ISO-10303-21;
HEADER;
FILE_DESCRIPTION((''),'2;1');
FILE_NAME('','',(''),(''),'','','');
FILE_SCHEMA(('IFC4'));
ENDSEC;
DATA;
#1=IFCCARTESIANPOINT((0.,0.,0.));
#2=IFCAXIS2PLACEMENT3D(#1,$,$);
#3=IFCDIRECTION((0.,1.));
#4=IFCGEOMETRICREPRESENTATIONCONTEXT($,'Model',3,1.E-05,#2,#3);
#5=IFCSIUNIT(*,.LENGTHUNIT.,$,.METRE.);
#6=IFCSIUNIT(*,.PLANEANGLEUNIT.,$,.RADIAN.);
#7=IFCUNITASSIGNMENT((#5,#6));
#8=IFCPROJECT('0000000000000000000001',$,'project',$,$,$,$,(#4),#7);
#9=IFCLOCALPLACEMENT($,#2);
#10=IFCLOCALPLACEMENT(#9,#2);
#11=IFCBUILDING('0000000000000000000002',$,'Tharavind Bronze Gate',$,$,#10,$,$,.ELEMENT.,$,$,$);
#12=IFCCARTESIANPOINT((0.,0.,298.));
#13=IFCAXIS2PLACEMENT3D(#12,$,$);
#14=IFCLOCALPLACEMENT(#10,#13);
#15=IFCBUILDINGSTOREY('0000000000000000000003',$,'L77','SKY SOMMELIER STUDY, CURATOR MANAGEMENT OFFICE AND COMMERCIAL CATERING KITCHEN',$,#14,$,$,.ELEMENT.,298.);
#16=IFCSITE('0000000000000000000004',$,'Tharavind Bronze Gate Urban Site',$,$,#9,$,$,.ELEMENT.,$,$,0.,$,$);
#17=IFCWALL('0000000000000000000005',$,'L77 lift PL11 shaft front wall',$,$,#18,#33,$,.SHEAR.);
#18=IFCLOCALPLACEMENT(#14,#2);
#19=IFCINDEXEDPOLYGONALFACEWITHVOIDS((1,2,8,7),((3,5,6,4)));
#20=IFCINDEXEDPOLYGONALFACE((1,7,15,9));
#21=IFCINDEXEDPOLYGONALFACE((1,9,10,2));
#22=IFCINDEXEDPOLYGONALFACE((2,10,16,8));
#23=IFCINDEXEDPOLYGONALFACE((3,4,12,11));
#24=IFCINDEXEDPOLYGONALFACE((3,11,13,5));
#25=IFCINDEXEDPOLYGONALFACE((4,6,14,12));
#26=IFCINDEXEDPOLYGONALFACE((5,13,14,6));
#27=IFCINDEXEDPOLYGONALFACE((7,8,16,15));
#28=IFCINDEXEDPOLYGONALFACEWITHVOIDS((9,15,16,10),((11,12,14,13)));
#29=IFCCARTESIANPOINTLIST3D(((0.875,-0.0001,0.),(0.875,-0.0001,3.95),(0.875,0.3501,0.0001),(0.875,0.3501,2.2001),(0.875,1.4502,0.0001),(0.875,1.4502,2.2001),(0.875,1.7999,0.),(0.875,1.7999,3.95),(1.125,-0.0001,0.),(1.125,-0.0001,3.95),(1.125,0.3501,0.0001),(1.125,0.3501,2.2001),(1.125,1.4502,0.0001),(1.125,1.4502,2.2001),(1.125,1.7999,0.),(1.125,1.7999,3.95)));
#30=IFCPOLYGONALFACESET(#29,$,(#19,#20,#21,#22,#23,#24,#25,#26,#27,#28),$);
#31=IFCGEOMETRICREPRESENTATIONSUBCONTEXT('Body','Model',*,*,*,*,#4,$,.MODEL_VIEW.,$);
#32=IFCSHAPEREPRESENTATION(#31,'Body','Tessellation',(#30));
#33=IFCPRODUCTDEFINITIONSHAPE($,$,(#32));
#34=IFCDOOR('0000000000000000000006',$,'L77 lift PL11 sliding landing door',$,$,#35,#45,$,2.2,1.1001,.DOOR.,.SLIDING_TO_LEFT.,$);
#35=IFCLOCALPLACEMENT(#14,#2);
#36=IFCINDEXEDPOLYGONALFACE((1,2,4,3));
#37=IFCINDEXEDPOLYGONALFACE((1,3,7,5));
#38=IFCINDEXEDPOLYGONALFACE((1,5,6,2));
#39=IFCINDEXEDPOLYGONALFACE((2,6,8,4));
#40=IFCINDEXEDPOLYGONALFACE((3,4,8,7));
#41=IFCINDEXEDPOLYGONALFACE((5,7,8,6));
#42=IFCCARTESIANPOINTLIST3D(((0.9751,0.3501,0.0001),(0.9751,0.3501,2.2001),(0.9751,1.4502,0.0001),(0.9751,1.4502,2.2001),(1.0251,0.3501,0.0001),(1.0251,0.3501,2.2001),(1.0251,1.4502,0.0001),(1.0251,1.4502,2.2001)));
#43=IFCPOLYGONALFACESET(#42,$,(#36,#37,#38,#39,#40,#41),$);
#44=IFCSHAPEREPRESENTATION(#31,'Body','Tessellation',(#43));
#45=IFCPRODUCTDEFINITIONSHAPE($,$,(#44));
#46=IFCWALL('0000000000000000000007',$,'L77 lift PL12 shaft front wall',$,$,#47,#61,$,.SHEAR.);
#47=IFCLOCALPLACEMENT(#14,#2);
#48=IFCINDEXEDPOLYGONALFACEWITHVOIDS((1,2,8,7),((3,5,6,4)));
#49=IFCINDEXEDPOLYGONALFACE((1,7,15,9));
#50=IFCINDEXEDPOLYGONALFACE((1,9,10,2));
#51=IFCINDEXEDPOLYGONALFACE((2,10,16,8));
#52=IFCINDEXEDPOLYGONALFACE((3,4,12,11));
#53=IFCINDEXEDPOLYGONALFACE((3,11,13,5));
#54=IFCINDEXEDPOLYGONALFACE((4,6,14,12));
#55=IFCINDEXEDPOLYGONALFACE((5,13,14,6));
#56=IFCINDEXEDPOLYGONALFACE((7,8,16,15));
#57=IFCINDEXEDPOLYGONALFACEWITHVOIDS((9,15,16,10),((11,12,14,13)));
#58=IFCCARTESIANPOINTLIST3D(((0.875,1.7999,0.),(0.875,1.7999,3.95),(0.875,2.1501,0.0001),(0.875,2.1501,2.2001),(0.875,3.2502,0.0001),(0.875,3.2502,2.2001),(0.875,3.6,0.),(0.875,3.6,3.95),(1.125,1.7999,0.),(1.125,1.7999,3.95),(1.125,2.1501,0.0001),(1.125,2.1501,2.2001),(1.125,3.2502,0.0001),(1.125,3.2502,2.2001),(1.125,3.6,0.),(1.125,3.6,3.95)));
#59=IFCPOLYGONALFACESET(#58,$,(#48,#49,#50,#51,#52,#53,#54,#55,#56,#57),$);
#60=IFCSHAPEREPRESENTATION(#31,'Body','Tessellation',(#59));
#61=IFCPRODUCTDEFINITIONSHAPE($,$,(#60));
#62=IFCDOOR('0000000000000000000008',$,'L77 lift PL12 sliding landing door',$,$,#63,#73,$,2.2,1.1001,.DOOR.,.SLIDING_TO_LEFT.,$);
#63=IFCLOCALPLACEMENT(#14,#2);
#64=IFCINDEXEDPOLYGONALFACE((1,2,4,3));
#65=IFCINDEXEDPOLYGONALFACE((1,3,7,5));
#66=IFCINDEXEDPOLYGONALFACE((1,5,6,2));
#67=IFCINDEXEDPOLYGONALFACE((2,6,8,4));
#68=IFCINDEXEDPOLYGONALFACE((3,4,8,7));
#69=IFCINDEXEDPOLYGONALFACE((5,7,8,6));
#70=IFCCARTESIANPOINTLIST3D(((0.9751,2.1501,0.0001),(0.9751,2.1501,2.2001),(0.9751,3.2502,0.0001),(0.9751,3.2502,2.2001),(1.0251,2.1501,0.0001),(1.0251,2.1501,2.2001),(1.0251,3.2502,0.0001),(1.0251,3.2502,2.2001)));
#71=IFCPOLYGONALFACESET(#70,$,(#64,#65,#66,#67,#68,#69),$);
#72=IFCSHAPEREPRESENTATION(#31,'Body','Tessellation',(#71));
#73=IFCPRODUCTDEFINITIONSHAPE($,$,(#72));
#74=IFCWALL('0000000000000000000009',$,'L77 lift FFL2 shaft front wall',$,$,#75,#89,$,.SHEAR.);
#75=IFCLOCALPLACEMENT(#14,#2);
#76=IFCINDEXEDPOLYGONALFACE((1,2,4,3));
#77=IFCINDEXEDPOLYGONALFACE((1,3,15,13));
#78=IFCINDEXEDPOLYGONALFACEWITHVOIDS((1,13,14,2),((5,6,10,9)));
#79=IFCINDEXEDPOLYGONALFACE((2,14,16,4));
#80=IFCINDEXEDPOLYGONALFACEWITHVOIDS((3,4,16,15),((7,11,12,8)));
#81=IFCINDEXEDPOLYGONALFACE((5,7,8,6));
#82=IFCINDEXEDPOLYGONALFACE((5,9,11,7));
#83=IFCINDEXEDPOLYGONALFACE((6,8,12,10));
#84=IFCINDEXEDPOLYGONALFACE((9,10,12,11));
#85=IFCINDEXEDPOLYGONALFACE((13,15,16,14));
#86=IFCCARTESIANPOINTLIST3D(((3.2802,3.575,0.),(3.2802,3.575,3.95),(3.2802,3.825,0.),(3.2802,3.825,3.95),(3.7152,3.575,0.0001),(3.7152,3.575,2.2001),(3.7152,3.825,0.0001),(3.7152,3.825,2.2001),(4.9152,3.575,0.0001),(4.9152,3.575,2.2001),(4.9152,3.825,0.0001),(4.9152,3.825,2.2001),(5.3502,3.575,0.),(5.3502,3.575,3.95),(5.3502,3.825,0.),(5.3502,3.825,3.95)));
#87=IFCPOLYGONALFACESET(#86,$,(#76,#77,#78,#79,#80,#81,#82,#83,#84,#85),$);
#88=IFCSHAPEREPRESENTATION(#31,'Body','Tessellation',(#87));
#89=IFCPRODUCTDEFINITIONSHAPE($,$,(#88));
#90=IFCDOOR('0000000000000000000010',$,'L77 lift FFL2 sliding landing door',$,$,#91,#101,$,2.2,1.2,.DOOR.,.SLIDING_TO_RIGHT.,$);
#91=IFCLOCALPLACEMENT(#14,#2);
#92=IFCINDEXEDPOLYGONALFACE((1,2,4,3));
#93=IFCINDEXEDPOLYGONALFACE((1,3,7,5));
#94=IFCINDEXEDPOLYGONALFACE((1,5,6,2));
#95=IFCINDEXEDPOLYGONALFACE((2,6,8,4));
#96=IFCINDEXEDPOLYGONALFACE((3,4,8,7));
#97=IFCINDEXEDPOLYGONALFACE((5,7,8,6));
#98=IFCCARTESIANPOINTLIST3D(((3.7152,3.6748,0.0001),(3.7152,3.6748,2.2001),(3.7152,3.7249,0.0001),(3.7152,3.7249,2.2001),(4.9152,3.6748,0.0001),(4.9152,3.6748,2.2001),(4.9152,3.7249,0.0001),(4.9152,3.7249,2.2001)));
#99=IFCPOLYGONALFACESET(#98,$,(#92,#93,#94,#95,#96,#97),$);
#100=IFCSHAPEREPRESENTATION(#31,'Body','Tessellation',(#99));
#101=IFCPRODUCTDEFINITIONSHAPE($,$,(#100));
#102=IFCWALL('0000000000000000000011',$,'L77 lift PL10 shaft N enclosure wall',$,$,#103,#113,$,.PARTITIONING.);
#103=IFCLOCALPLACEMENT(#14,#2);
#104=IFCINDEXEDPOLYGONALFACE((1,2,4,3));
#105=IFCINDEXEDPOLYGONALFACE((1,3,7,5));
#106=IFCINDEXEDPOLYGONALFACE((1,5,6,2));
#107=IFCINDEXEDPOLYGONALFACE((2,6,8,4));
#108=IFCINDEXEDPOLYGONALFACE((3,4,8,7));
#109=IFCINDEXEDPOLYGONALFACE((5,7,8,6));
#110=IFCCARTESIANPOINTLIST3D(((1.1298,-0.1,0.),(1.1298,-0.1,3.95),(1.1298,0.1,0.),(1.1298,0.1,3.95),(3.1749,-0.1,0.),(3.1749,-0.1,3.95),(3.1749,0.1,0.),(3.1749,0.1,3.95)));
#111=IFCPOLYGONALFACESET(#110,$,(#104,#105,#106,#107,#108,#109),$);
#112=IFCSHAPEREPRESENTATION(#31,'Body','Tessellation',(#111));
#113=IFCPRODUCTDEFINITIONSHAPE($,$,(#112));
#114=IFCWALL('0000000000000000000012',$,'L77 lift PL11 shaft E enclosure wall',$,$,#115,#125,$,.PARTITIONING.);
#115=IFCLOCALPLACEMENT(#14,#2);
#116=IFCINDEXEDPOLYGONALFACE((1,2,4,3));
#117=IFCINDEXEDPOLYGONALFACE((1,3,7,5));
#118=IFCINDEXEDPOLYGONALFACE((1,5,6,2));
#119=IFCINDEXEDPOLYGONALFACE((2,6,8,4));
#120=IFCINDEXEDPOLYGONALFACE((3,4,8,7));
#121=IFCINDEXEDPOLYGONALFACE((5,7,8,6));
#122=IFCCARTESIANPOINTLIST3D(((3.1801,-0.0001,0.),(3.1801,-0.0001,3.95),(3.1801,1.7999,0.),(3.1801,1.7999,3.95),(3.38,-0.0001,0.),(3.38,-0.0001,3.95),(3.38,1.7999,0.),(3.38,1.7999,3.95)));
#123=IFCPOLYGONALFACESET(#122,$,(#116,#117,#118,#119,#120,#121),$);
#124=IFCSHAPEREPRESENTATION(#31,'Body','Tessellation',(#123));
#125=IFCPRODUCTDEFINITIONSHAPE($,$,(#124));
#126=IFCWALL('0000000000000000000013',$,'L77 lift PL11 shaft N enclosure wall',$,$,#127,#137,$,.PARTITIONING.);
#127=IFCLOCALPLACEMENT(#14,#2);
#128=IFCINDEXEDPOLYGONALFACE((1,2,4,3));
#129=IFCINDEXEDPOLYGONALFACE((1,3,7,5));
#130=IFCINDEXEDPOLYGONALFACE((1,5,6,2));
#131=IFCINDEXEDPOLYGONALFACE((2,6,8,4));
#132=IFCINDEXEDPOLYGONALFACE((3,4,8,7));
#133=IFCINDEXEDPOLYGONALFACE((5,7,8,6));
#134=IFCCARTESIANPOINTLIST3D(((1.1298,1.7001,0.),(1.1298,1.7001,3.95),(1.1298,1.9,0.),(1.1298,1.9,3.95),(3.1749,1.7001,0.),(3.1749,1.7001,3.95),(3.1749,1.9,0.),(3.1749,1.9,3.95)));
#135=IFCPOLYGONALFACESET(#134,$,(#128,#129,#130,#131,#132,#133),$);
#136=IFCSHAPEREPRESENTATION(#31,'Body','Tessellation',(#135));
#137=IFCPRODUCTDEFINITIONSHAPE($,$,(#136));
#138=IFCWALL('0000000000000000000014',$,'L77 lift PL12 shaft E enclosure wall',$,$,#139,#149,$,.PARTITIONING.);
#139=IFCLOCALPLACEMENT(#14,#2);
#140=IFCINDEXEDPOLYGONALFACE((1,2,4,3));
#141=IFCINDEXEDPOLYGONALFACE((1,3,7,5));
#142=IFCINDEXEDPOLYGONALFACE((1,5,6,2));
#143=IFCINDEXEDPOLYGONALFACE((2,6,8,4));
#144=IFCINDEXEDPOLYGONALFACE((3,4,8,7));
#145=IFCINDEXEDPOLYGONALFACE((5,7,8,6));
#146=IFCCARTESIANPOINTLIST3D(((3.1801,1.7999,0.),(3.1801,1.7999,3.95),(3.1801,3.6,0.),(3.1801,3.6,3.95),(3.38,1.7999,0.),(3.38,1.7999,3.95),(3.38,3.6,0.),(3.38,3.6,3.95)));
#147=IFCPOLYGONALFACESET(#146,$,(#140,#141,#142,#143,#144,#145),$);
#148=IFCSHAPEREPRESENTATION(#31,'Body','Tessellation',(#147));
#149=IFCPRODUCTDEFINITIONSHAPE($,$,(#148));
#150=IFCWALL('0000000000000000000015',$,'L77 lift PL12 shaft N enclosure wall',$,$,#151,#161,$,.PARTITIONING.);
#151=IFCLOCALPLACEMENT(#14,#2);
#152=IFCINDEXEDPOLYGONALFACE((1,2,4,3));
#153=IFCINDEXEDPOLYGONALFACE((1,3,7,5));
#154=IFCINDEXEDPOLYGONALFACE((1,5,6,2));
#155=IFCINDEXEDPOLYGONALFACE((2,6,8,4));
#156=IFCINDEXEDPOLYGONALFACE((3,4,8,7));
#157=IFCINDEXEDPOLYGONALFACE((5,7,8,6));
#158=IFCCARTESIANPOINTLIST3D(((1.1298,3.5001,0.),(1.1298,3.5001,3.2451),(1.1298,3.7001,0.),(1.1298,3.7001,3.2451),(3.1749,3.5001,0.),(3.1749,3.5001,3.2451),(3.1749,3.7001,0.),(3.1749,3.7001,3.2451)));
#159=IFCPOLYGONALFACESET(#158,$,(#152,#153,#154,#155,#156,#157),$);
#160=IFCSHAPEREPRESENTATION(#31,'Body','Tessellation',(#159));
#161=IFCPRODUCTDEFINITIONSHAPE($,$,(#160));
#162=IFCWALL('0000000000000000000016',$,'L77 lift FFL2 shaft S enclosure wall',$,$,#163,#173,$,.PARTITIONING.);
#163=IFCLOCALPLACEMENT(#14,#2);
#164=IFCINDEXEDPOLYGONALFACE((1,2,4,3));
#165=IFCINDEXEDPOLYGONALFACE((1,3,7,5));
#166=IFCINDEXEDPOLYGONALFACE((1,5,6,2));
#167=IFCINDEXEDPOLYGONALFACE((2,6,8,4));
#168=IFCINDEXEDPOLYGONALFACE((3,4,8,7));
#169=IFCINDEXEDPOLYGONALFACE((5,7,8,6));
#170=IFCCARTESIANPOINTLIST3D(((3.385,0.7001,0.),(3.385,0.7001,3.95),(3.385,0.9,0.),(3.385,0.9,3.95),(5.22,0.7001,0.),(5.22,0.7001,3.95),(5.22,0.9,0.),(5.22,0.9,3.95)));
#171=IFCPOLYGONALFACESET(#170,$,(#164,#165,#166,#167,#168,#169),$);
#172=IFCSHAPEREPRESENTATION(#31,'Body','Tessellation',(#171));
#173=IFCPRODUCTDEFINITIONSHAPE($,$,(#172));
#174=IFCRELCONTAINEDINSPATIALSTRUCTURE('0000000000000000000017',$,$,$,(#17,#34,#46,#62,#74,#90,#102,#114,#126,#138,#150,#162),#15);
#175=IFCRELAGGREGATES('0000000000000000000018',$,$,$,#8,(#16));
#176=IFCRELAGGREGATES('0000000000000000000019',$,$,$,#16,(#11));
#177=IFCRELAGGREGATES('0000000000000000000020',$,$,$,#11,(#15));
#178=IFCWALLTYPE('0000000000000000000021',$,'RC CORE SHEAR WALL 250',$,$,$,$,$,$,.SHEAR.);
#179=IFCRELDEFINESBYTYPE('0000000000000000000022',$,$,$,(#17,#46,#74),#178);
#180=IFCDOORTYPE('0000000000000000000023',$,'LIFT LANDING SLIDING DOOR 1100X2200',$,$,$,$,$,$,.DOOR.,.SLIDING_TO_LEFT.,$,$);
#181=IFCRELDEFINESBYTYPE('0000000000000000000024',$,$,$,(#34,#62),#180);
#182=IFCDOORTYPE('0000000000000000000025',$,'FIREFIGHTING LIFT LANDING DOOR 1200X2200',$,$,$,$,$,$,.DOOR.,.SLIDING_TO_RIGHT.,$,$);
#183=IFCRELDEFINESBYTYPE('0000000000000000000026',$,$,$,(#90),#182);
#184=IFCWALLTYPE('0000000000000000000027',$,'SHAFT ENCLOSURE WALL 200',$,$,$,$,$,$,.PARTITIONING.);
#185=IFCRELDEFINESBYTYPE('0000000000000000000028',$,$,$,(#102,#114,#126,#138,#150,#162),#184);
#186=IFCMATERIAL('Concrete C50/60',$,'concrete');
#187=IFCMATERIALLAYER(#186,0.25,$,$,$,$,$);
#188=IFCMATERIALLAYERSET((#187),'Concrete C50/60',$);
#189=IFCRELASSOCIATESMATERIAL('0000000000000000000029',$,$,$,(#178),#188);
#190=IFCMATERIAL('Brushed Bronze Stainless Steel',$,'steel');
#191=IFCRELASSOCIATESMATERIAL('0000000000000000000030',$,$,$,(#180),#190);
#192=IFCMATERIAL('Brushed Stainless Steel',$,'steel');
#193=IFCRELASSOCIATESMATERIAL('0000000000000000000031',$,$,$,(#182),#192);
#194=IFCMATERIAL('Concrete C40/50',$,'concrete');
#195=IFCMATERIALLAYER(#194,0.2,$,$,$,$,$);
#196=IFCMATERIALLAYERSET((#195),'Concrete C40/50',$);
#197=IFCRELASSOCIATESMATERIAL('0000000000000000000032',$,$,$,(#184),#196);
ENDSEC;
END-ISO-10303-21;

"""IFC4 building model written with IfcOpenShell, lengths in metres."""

from ifc_helpers import new_model, si_unit, direction, frame, frame_2d, origin, place, context, subcontext, project, spatial, rectangle, extrude, material, layer, layer_set, type_object, element, fill, save


model = new_model("IFC4")

# Units and contexts
model_context = context("Model", 3, precision=1e-05, world=origin(), true_north=direction((0.0, 1.0)))
body_context = subcontext(model_context, "Body", "Model", "MODEL_VIEW")
ifc_project = project(units=[si_unit("LENGTHUNIT", "METRE"), si_unit("PLANEANGLEUNIT", "RADIAN")], contexts=[model_context])

# Site, building, storey
site_placement = place(None, origin())
site = spatial("IfcSite", under=ifc_project, at=site_placement, Name="Tharavind Bronze Gate Urban Site", CompositionType="ELEMENT", RefElevation=0.0)
building_placement = place(site_placement, origin())
building = spatial("IfcBuilding", under=site, at=building_placement, Name="Tharavind Bronze Gate", CompositionType="ELEMENT")
storey_placement = place(building_placement, frame((0.0, 0.0, 298.0)))
storey = spatial("IfcBuildingStorey", under=building, at=storey_placement, Name="L77", Description="SKY SOMMELIER STUDY, CURATOR MANAGEMENT OFFICE AND COMMERCIAL CATERING KITCHEN", CompositionType="ELEMENT", Elevation=298.0)

# Walls, openings, doors
ifc_material_1 = material(Name="Concrete C50/60", Category="concrete")
ifc_layer_1 = layer(ifc_material_1, 0.25)
ifc_layer_set_1 = layer_set([ifc_layer_1], Name="Concrete C50/60")
wall_type_1 = type_object("IfcWallType", Name="RC CORE SHEAR WALL 250", PredefinedType="SHEAR", material=ifc_layer_set_1)
wall_1_placement = place(storey_placement, frame((1.0, 0.0, 0.0), z_axis=(0.0, 0.0, 1.0), x_axis=(0.0, 1.0, 0.0)))
wall_1 = element("IfcWall", 1, at=wall_1_placement, inside=storey, type_object=wall_type_1, Name="L77 lift PL11 shaft front wall", PredefinedType="SHEAR", context=body_context, shape_type="SweptSolid", body=[
    extrude(rectangle(XDim=1.8, YDim=0.25, at=frame_2d((0.8999, 0.0))), origin(), (0.0, 0.0, 1.0), 3.95),
])
opening_1_placement = place(wall_1_placement, frame((0.3501, 0.0, 0.0)))
opening_1 = element("IfcOpeningElement", 2, at=opening_1_placement, cuts=wall_1, PredefinedType="OPENING", context=body_context, shape_type="SweptSolid", body=[
    extrude(rectangle(XDim=1.1001, YDim=2.2, at=frame_2d((0.55, 1.1001))), frame((0.0, 0.135, 0.0), z_axis=(0.0, -1.0, 0.0), x_axis=(1.0, 0.0, 0.0)), (0.0, 0.0, 1.0), 0.27),
])
ifc_material_2 = material(Name="Brushed Bronze Stainless Steel", Category="steel")
door_type_1 = type_object("IfcDoorType", Name="LIFT LANDING SLIDING DOOR 1100X2200", OperationType="SLIDING_TO_LEFT", PredefinedType="DOOR", material=ifc_material_2)
door_1_placement = place(opening_1_placement, origin())
door_1 = element("IfcDoor", 3, at=door_1_placement, inside=storey, type_object=door_type_1, Name="L77 lift PL11 sliding landing door", OperationType="SLIDING_TO_LEFT", OverallHeight=2.2, OverallWidth=1.1001, PredefinedType="DOOR", context=body_context, shape_type="SweptSolid", body=[
    extrude(rectangle(XDim=1.1001, YDim=2.2, at=frame_2d((0.55, 1.1001))), frame((0.0, 0.0249, 0.0), z_axis=(0.0, -1.0, 0.0), x_axis=(1.0, 0.0, 0.0)), (0.0, 0.0, 1.0), 0.05),
])
fill(opening_1, door_1)
wall_2_placement = place(storey_placement, frame((1.0, 1.8, 0.0), z_axis=(0.0, 0.0, 1.0), x_axis=(0.0, 1.0, 0.0)))
wall_2 = element("IfcWall", 4, at=wall_2_placement, inside=storey, type_object=wall_type_1, Name="L77 lift PL12 shaft front wall", PredefinedType="SHEAR", context=body_context, shape_type="SweptSolid", body=[
    extrude(rectangle(XDim=1.8, YDim=0.25, at=frame_2d((0.8999, 0.0))), origin(), (0.0, 0.0, 1.0), 3.95),
])
opening_2_placement = place(wall_2_placement, frame((0.3501, 0.0, 0.0)))
opening_2 = element("IfcOpeningElement", 5, at=opening_2_placement, cuts=wall_2, PredefinedType="OPENING", context=body_context, shape_type="SweptSolid", body=[
    extrude(rectangle(XDim=1.1001, YDim=2.2, at=frame_2d((0.55, 1.1001))), frame((0.0, 0.135, 0.0), z_axis=(0.0, -1.0, 0.0), x_axis=(1.0, 0.0, 0.0)), (0.0, 0.0, 1.0), 0.27),
])
door_2_placement = place(opening_2_placement, origin())
door_2 = element("IfcDoor", 6, at=door_2_placement, inside=storey, type_object=door_type_1, Name="L77 lift PL12 sliding landing door", OperationType="SLIDING_TO_LEFT", OverallHeight=2.2, OverallWidth=1.1001, PredefinedType="DOOR", context=body_context, shape_type="SweptSolid", body=[
    extrude(rectangle(XDim=1.1001, YDim=2.2, at=frame_2d((0.55, 1.1001))), frame((0.0, 0.0249, 0.0), z_axis=(0.0, -1.0, 0.0), x_axis=(1.0, 0.0, 0.0)), (0.0, 0.0, 1.0), 0.05),
])
fill(opening_2, door_2)
wall_3_placement = place(storey_placement, frame((3.28, 3.7, 0.0), z_axis=(0.0, 0.0, 1.0), x_axis=(1.0, 0.0, 0.0)))
wall_3 = element("IfcWall", 7, at=wall_3_placement, inside=storey, type_object=wall_type_1, Name="L77 lift FFL2 shaft front wall", PredefinedType="SHEAR", context=body_context, shape_type="SweptSolid", body=[
    extrude(rectangle(XDim=2.0701, YDim=0.25, at=frame_2d((1.0352, 0.0))), origin(), (0.0, 0.0, 1.0), 3.95),
])
opening_3_placement = place(wall_3_placement, frame((0.4351, 0.0, 0.0)))
opening_3 = element("IfcOpeningElement", 8, at=opening_3_placement, cuts=wall_3, PredefinedType="OPENING", context=body_context, shape_type="SweptSolid", body=[
    extrude(rectangle(XDim=1.2, YDim=2.2, at=frame_2d((0.6001, 1.1001))), frame((0.0, 0.135, 0.0), z_axis=(0.0, -1.0, 0.0), x_axis=(1.0, 0.0, 0.0)), (0.0, 0.0, 1.0), 0.27),
])
ifc_material_3 = material(Name="Brushed Stainless Steel", Category="steel")
door_type_2 = type_object("IfcDoorType", Name="FIREFIGHTING LIFT LANDING DOOR 1200X2200", OperationType="SLIDING_TO_RIGHT", PredefinedType="DOOR", material=ifc_material_3)
door_3_placement = place(opening_3_placement, origin())
door_3 = element("IfcDoor", 9, at=door_3_placement, inside=storey, type_object=door_type_2, Name="L77 lift FFL2 sliding landing door", OperationType="SLIDING_TO_RIGHT", OverallHeight=2.2, OverallWidth=1.2, PredefinedType="DOOR", context=body_context, shape_type="SweptSolid", body=[
    extrude(rectangle(XDim=1.2, YDim=2.2, at=frame_2d((0.6001, 1.1001))), frame((0.0, 0.0249, 0.0), z_axis=(0.0, -1.0, 0.0), x_axis=(1.0, 0.0, 0.0)), (0.0, 0.0, 1.0), 0.05),
])
fill(opening_3, door_3)

# Walls
ifc_material_4 = material(Name="Concrete C40/50", Category="concrete")
ifc_layer_2 = layer(ifc_material_4, 0.2)
ifc_layer_set_2 = layer_set([ifc_layer_2], Name="Concrete C40/50")
wall_type_2 = type_object("IfcWallType", Name="SHAFT ENCLOSURE WALL 200", PredefinedType="PARTITIONING", material=ifc_layer_set_2)
wall_4_placement = place(storey_placement, frame((1.1299, 0.0, 0.0), z_axis=(0.0, 0.0, 1.0), x_axis=(1.0, 0.0, 0.0)))
element("IfcWall", 10, at=wall_4_placement, inside=storey, type_object=wall_type_2, Name="L77 lift PL10 shaft N enclosure wall", PredefinedType="PARTITIONING", context=body_context, shape_type="SweptSolid", body=[
    extrude(rectangle(XDim=2.0452, YDim=0.2, at=frame_2d((1.0225, 0.0))), origin(), (0.0, 0.0, 1.0), 3.95),
])
wall_5_placement = place(storey_placement, frame((3.28, 0.0, 0.0), z_axis=(0.0, 0.0, 1.0), x_axis=(0.0, 1.0, 0.0)))
element("IfcWall", 11, at=wall_5_placement, inside=storey, type_object=wall_type_2, Name="L77 lift PL11 shaft E enclosure wall", PredefinedType="PARTITIONING", context=body_context, shape_type="SweptSolid", body=[
    extrude(rectangle(XDim=1.8, YDim=0.2, at=frame_2d((0.8999, 0.0))), origin(), (0.0, 0.0, 1.0), 3.95),
])
wall_6_placement = place(storey_placement, frame((1.1299, 1.8, 0.0), z_axis=(0.0, 0.0, 1.0), x_axis=(1.0, 0.0, 0.0)))
element("IfcWall", 12, at=wall_6_placement, inside=storey, type_object=wall_type_2, Name="L77 lift PL11 shaft N enclosure wall", PredefinedType="PARTITIONING", context=body_context, shape_type="SweptSolid", body=[
    extrude(rectangle(XDim=2.0452, YDim=0.2, at=frame_2d((1.0225, 0.0))), origin(), (0.0, 0.0, 1.0), 3.95),
])
wall_7_placement = place(storey_placement, frame((3.28, 1.8, 0.0), z_axis=(0.0, 0.0, 1.0), x_axis=(0.0, 1.0, 0.0)))
element("IfcWall", 13, at=wall_7_placement, inside=storey, type_object=wall_type_2, Name="L77 lift PL12 shaft E enclosure wall", PredefinedType="PARTITIONING", context=body_context, shape_type="SweptSolid", body=[
    extrude(rectangle(XDim=1.8, YDim=0.2, at=frame_2d((0.8999, 0.0))), origin(), (0.0, 0.0, 1.0), 3.95),
])
wall_8_placement = place(storey_placement, frame((1.1299, 3.6001, 0.0), z_axis=(0.0, 0.0, 1.0), x_axis=(1.0, 0.0, 0.0)))
element("IfcWall", 14, at=wall_8_placement, inside=storey, type_object=wall_type_2, Name="L77 lift PL12 shaft N enclosure wall", PredefinedType="PARTITIONING", context=body_context, shape_type="SweptSolid", body=[
    extrude(rectangle(XDim=2.0452, YDim=0.2, at=frame_2d((1.0225, 0.0))), origin(), (0.0, 0.0, 1.0), 3.2451),
])
wall_9_placement = place(storey_placement, frame((3.385, 0.8, 0.0), z_axis=(0.0, 0.0, 1.0), x_axis=(1.0, 0.0, 0.0)))
element("IfcWall", 15, at=wall_9_placement, inside=storey, type_object=wall_type_2, Name="L77 lift FFL2 shaft S enclosure wall", PredefinedType="PARTITIONING", context=body_context, shape_type="SweptSolid", body=[
    extrude(rectangle(XDim=1.835, YDim=0.2, at=frame_2d((0.9175, 0.0))), origin(), (0.0, 0.0, 1.0), 3.95),
])

save(model, "model.ifc")
